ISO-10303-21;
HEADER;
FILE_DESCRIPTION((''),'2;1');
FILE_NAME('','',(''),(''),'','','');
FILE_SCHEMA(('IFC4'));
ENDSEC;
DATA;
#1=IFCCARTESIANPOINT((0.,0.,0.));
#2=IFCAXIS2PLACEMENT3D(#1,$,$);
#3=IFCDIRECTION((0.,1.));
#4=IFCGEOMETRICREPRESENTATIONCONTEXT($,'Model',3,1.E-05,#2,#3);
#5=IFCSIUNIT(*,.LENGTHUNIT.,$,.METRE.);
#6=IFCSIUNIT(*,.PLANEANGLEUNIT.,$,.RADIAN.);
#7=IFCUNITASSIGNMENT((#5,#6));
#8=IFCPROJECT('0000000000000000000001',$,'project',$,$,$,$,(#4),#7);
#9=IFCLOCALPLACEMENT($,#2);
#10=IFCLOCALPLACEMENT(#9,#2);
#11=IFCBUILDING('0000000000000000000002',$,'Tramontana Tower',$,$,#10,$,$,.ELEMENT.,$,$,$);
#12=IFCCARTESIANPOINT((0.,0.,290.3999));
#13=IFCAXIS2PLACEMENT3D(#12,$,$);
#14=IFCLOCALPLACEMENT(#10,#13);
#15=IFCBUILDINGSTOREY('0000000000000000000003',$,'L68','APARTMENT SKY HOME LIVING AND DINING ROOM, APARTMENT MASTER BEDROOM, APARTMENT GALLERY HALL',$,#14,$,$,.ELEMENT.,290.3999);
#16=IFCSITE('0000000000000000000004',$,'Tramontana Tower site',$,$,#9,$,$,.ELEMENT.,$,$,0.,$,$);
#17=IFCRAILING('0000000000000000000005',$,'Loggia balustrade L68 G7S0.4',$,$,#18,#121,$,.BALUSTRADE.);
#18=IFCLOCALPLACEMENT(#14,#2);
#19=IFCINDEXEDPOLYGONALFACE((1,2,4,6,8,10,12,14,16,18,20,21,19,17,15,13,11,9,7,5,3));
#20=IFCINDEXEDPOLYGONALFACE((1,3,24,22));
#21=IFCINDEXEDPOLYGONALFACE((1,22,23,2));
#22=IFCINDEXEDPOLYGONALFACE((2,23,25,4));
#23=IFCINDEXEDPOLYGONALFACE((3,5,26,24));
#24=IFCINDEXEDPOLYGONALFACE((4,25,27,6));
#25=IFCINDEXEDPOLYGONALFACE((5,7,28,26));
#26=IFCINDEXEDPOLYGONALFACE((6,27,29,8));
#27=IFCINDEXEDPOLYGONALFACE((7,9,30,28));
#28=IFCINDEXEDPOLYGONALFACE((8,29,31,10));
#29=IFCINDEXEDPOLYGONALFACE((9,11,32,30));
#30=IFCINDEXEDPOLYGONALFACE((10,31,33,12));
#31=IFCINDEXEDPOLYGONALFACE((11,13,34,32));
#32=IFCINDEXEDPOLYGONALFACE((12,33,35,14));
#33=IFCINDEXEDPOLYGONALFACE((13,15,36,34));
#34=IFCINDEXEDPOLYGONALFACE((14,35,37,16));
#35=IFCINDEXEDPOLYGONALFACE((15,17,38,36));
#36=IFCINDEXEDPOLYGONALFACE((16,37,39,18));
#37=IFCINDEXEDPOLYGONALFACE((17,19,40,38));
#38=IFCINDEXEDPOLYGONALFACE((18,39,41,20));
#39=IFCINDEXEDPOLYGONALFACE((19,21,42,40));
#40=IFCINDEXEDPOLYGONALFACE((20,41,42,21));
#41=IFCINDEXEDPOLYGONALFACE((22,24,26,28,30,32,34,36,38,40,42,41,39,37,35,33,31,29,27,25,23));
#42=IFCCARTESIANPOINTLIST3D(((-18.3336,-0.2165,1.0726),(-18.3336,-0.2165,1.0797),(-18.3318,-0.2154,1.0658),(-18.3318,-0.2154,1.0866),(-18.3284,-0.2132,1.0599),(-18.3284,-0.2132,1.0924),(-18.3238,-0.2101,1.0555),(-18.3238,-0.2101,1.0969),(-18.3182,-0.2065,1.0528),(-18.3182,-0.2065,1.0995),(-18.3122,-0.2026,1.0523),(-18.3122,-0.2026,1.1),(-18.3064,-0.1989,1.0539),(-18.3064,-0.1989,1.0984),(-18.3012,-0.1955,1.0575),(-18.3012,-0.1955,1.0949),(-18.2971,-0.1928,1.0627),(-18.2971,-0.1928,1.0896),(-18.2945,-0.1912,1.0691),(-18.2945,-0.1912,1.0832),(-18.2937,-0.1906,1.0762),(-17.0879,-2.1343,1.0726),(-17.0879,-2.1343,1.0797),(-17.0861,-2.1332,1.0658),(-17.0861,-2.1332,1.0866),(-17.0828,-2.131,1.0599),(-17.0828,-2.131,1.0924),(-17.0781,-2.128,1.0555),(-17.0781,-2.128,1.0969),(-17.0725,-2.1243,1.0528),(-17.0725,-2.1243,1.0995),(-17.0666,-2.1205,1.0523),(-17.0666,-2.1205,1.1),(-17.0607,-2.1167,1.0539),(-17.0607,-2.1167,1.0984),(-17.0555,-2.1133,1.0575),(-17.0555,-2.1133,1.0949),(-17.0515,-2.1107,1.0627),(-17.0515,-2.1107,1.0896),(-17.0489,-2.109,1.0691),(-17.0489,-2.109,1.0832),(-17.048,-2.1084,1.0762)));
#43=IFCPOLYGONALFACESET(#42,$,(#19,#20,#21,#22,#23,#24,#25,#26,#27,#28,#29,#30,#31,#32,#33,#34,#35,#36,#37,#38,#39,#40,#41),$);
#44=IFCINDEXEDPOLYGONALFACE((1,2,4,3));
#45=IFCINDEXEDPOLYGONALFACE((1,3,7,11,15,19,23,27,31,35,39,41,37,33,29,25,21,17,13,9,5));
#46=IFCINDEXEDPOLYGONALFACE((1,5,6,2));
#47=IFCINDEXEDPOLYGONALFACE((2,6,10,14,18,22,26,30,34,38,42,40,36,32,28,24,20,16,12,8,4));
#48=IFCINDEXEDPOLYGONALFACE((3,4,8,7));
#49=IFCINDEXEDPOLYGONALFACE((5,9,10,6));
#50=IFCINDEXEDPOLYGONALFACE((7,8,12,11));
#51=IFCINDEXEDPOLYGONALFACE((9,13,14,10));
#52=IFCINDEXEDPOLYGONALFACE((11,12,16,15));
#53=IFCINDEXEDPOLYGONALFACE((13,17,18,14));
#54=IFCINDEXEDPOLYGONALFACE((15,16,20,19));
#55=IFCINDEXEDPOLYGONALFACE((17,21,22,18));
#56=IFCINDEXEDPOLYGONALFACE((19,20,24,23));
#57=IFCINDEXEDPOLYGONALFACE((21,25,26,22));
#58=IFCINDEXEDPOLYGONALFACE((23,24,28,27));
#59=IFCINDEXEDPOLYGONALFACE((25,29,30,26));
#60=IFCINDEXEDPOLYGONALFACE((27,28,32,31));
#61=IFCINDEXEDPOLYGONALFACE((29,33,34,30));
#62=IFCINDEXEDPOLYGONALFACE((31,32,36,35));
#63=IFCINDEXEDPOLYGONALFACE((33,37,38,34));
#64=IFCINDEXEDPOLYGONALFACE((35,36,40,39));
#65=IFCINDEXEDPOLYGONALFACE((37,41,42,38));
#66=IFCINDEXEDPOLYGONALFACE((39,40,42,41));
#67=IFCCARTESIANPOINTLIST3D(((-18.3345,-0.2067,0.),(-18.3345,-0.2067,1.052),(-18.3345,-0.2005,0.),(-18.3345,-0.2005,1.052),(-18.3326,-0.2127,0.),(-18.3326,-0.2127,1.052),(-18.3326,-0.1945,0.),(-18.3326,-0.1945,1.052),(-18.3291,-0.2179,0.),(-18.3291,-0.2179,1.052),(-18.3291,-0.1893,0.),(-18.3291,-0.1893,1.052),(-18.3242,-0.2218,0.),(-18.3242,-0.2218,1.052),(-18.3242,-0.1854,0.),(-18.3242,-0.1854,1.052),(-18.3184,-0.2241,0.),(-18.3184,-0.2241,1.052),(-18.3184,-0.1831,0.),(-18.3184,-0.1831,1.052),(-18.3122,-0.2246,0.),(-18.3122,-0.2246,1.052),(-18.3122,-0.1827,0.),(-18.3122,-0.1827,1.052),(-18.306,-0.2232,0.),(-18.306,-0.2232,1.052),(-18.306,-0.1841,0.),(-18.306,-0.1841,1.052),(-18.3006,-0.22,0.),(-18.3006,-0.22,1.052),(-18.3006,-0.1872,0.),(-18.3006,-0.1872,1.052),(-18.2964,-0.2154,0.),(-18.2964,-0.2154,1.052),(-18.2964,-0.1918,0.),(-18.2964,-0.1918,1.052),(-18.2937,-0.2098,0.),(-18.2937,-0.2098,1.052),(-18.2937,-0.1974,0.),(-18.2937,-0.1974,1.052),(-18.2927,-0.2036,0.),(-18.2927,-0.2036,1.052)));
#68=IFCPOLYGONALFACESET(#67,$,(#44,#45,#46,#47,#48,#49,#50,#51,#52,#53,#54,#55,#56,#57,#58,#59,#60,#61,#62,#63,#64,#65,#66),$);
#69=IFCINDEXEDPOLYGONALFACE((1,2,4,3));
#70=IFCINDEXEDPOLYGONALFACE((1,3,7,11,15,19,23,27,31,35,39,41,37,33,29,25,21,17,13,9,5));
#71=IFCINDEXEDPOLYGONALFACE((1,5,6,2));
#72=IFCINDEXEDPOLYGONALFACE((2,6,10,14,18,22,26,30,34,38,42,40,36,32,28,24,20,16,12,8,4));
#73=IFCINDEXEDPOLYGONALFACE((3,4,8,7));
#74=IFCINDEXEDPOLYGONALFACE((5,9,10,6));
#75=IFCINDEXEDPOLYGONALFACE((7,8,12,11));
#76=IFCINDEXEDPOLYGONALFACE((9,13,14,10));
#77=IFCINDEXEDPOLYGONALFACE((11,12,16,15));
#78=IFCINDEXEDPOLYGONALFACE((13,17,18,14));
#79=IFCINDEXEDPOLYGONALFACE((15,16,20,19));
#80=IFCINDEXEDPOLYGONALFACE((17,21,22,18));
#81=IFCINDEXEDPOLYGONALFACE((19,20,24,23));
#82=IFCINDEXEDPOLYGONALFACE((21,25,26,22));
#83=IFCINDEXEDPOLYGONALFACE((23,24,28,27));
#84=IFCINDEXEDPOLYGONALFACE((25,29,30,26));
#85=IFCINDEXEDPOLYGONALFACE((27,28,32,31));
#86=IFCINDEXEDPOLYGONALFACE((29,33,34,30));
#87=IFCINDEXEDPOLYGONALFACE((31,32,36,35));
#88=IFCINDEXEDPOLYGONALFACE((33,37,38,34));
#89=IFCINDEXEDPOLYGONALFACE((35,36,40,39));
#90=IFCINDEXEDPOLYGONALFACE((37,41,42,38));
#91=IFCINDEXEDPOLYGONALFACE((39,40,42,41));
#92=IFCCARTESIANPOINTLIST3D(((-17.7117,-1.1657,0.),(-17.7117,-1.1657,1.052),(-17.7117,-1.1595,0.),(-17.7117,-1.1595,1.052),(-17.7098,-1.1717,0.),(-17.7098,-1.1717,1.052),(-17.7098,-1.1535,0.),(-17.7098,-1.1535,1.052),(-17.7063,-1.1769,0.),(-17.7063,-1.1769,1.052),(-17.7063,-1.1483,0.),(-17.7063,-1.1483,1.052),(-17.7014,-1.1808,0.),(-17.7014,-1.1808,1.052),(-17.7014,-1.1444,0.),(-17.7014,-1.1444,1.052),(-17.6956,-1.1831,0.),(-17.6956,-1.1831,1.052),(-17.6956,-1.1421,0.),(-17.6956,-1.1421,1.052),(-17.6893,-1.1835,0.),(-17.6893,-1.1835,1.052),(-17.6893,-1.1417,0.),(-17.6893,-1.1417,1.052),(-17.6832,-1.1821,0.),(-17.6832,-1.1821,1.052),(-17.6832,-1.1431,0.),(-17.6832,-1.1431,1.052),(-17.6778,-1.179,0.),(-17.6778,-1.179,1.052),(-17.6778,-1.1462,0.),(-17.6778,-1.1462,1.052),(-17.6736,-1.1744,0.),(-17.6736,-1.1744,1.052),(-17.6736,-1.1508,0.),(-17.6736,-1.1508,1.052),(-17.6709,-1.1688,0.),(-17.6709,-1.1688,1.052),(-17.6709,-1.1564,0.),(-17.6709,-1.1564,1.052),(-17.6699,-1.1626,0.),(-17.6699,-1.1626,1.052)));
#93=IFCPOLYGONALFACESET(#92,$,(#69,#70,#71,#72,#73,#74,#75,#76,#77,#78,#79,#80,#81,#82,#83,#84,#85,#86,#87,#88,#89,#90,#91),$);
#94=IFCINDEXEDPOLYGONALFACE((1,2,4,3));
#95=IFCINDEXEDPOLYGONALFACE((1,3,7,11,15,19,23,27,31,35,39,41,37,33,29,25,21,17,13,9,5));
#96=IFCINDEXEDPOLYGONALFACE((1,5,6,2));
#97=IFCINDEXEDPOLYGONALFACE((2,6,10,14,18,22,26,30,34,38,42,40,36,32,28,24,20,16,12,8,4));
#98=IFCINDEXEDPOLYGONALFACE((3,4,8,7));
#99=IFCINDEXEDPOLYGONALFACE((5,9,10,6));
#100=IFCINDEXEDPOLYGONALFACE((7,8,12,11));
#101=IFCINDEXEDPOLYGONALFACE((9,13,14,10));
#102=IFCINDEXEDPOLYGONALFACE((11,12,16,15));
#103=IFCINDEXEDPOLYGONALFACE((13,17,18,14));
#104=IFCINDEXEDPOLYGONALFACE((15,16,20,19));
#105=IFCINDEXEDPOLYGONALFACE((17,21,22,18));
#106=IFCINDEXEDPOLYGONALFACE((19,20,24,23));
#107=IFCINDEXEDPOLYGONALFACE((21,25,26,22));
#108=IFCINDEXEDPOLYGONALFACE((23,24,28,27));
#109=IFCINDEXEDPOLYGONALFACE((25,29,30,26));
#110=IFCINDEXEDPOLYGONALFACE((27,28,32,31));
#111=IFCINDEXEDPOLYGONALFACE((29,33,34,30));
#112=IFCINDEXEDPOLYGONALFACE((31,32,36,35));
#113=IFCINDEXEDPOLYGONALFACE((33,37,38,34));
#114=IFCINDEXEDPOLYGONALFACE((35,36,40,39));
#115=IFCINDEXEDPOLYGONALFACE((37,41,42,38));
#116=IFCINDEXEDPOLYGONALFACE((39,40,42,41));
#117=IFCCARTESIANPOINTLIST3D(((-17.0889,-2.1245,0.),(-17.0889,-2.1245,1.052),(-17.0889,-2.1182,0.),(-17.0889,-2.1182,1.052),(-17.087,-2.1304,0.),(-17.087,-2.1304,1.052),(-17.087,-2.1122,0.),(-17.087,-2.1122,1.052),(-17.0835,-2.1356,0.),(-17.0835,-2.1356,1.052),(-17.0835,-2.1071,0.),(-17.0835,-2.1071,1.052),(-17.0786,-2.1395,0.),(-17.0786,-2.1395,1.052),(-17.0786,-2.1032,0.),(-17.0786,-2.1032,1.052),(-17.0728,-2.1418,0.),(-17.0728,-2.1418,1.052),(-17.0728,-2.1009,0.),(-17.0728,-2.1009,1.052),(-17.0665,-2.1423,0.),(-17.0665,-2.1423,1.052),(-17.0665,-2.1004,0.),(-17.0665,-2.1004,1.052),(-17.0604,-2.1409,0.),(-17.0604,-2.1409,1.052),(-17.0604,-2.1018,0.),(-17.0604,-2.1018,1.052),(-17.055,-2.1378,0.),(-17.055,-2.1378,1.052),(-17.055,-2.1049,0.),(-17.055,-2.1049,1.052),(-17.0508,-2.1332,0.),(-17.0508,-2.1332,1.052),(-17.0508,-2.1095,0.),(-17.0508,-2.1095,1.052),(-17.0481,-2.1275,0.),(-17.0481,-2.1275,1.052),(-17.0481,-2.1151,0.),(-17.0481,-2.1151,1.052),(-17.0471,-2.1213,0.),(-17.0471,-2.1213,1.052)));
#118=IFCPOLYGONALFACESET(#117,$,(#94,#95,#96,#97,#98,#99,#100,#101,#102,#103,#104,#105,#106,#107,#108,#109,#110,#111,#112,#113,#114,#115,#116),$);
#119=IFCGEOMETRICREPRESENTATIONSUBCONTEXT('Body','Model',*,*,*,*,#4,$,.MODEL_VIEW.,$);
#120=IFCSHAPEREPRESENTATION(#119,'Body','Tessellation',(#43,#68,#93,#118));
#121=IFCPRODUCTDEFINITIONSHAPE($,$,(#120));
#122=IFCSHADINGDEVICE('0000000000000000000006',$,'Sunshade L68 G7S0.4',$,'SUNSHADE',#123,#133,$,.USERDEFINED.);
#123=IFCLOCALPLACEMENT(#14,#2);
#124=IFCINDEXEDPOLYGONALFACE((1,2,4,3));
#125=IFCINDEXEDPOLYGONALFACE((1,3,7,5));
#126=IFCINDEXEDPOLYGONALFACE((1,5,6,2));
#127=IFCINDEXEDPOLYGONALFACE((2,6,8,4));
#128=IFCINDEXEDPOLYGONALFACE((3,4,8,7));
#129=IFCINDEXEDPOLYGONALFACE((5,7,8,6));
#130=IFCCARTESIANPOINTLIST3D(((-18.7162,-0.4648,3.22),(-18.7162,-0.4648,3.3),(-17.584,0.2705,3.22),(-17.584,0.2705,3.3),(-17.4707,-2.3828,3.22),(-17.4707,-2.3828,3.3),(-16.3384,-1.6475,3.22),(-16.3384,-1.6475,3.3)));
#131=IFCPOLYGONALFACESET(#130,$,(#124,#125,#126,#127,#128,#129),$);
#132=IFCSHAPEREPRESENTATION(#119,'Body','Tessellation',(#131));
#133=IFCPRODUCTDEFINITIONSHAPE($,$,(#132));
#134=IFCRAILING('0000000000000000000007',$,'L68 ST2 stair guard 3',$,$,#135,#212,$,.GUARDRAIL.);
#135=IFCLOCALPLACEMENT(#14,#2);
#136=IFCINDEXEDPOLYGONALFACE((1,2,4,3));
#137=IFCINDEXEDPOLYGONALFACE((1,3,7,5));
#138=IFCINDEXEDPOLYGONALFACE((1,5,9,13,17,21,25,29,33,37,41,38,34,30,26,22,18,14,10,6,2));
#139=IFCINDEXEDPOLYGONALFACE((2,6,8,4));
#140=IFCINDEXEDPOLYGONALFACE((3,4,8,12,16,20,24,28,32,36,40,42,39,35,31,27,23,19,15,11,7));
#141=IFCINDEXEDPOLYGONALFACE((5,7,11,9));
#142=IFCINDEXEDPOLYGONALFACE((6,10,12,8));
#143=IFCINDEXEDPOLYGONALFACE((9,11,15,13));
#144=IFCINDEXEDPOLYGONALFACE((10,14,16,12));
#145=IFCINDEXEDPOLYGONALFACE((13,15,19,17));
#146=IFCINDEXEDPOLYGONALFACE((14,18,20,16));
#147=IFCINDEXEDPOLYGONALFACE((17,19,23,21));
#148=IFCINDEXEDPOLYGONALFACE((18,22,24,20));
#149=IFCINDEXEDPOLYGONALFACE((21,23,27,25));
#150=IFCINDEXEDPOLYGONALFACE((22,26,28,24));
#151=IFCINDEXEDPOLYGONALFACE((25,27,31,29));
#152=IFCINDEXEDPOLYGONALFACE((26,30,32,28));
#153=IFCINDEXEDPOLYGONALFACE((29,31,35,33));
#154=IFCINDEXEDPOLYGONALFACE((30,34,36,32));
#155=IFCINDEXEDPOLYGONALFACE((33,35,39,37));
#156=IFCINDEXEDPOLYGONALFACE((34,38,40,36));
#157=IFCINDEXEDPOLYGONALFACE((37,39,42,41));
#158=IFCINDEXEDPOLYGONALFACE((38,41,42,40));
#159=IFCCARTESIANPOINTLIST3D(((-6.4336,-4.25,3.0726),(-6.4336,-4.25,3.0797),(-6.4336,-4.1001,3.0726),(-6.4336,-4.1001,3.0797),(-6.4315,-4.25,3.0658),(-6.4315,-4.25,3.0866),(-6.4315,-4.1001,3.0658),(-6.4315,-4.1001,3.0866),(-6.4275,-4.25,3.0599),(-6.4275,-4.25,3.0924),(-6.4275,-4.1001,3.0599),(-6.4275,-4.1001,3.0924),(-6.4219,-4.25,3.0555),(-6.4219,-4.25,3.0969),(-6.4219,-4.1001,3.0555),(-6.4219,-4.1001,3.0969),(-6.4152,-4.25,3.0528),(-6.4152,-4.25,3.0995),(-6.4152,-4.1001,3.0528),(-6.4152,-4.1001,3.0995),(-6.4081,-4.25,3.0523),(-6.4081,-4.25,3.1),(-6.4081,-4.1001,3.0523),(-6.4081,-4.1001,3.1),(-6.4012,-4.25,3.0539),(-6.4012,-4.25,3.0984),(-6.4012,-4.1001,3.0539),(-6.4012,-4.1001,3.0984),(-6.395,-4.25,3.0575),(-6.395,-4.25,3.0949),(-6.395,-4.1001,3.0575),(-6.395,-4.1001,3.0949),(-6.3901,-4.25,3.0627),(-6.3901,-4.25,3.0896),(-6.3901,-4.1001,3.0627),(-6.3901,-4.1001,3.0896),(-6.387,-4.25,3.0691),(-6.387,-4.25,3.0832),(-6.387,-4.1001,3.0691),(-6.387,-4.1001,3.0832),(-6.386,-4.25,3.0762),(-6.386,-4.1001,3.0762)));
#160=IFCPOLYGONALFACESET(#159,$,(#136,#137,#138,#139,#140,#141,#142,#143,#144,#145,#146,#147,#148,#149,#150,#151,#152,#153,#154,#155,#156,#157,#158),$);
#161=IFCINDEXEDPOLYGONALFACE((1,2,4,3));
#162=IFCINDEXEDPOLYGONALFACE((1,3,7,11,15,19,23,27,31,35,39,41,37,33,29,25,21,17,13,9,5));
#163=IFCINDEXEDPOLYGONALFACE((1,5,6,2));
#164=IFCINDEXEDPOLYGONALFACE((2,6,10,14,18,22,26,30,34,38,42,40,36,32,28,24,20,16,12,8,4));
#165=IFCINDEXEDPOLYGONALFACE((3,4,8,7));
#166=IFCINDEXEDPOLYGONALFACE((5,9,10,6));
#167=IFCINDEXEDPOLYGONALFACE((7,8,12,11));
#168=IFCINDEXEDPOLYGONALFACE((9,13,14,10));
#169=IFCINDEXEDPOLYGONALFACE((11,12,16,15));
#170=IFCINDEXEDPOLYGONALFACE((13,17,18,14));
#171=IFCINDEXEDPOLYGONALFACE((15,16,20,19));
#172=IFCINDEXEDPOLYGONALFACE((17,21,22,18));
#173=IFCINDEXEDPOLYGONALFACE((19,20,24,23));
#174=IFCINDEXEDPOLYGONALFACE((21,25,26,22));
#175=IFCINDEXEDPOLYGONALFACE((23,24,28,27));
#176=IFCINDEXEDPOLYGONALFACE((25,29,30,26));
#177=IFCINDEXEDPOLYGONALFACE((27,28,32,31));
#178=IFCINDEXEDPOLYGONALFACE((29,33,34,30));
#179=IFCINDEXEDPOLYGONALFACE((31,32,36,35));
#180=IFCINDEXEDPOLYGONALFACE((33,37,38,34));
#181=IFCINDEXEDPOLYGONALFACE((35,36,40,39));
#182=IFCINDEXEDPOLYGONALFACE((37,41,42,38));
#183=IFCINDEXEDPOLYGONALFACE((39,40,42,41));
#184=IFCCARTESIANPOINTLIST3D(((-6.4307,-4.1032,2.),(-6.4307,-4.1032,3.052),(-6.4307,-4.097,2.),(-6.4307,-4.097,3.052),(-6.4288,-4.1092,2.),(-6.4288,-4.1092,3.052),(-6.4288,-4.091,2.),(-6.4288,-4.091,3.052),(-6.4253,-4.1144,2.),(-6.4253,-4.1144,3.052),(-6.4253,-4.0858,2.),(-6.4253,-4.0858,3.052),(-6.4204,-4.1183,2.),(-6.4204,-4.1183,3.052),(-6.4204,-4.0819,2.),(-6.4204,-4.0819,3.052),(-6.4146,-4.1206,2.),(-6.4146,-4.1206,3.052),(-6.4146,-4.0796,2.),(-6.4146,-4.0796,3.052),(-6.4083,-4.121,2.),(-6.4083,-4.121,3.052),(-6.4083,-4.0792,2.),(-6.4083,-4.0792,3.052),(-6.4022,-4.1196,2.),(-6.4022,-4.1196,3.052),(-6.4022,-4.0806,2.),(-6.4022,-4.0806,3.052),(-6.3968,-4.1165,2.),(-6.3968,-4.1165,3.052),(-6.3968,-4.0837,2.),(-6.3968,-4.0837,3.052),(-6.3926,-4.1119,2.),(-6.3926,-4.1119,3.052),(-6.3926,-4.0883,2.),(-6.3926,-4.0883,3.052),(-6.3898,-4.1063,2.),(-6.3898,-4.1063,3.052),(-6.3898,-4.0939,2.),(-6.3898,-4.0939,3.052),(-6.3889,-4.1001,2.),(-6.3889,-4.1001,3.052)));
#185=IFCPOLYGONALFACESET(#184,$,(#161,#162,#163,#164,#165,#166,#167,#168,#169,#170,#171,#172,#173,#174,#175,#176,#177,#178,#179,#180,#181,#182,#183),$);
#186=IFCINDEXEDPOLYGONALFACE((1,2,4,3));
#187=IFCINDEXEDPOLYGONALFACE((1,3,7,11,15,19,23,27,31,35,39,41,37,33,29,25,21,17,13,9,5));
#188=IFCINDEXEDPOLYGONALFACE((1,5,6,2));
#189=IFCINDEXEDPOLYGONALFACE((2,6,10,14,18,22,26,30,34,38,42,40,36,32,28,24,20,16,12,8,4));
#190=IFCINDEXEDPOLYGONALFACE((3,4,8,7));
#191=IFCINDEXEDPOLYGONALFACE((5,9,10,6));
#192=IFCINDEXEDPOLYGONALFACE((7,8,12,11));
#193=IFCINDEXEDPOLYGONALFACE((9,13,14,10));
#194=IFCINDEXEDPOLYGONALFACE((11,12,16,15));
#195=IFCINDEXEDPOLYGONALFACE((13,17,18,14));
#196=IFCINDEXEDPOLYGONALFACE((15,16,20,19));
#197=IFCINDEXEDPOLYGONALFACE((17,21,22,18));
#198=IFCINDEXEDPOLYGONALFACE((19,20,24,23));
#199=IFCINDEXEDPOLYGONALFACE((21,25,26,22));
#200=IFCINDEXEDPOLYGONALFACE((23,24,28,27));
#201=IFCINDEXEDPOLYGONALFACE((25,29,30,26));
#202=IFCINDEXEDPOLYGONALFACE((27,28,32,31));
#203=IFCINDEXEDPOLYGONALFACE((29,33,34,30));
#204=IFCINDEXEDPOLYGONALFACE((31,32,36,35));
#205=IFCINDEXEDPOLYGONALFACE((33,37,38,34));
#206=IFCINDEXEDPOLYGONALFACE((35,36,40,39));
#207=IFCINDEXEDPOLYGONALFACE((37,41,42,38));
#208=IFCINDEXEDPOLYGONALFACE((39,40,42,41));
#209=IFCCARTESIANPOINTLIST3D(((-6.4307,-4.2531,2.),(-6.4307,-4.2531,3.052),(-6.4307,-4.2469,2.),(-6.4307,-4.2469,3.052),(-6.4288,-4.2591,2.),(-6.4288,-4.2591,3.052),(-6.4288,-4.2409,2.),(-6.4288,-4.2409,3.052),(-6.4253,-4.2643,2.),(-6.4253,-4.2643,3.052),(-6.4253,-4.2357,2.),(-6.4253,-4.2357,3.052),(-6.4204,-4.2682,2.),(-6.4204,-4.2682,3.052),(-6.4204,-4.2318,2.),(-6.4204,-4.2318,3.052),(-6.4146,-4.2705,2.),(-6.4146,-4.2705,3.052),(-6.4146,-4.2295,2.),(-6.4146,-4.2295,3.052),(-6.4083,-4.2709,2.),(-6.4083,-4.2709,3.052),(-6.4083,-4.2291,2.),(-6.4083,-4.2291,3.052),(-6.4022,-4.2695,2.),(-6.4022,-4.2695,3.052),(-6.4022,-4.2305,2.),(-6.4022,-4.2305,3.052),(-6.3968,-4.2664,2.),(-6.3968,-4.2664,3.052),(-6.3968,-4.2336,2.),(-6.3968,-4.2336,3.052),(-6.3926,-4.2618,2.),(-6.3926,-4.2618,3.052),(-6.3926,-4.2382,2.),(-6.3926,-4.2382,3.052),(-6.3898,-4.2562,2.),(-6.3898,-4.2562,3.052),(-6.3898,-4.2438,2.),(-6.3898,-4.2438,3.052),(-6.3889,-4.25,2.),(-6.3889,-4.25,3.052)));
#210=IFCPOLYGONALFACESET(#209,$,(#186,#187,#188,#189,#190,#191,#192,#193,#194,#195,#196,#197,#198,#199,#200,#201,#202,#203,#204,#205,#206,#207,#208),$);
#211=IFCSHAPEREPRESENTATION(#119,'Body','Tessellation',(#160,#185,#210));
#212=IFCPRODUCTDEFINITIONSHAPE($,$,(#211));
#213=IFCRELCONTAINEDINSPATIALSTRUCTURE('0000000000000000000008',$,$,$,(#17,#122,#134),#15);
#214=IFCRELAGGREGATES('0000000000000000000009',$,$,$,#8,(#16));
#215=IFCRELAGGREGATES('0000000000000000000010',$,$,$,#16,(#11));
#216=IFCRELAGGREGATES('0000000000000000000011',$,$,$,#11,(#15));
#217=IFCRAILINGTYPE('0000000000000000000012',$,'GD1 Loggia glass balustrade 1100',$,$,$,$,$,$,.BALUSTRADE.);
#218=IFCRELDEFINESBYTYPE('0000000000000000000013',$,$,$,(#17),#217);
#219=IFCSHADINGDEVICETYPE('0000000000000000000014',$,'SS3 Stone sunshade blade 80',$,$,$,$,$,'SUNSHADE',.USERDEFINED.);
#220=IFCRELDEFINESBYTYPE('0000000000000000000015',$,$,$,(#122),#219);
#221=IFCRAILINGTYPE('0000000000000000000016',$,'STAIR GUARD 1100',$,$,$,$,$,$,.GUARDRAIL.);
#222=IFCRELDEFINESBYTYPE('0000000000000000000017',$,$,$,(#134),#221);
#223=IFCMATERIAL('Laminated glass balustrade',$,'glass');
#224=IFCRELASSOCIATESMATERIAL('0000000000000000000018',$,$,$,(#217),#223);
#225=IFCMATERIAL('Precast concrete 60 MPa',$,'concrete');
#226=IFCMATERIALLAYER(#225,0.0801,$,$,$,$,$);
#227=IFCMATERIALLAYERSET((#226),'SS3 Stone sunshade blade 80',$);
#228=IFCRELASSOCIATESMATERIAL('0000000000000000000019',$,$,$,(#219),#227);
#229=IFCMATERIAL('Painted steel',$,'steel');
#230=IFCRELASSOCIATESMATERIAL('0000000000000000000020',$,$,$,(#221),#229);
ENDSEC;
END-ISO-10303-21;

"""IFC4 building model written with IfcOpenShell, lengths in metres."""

from ifc_helpers import new_model, si_unit, direction, frame, origin, origin_2d, place, context, subcontext, project, spatial, rectangle, circle, extrude, material, layer, layer_set, type_object, element, save


model = new_model("IFC4")

# Units and contexts
model_context = context("Model", 3, precision=1e-05, world=origin(), true_north=direction((0.0, 1.0)))
body_context = subcontext(model_context, "Body", "Model", "MODEL_VIEW")
ifc_project = project(units=[si_unit("LENGTHUNIT", "METRE"), si_unit("PLANEANGLEUNIT", "RADIAN")], contexts=[model_context])

# Site, building, storey
site_placement = place(None, origin())
site = spatial("IfcSite", under=ifc_project, at=site_placement, Name="Tramontana Tower site", CompositionType="ELEMENT", RefElevation=0.0)
building_placement = place(site_placement, origin())
building = spatial("IfcBuilding", under=site, at=building_placement, Name="Tramontana Tower", CompositionType="ELEMENT")
storey_placement = place(building_placement, frame((0.0, 0.0, 290.3999)))
storey = spatial("IfcBuildingStorey", under=building, at=storey_placement, Name="L68", Description="APARTMENT SKY HOME LIVING AND DINING ROOM, APARTMENT MASTER BEDROOM, APARTMENT GALLERY HALL", CompositionType="ELEMENT", Elevation=290.3999)

# Railing
ifc_material_1 = material(Name="Laminated glass balustrade", Category="glass")
railing_type_1 = type_object("IfcRailingType", Name="GD1 Loggia glass balustrade 1100", PredefinedType="BALUSTRADE", material=ifc_material_1)
railing_1_placement = place(storey_placement, frame((-18.3137, -0.2036, 0.0)))
element("IfcRailing", 1, at=railing_1_placement, inside=storey, type_object=railing_type_1, Name="Loggia balustrade L68 G7S0.4", PredefinedType="BALUSTRADE", context=body_context, shape_type="SweptSolid", body=[
    extrude(circle(Radius=0.0239, at=origin_2d()), frame((0.0, 0.0, 1.0762), z_axis=(0.544707, -0.838627, 0.0), x_axis=(0.838627, 0.544707, 0.0)), (0.0, 0.0, 1.0), 2.2869),
    extrude(circle(Radius=0.021, at=origin_2d()), origin(), (0.0, 0.0, 1.0), 1.052),
    extrude(circle(Radius=0.021, at=origin_2d()), frame((0.6228, -0.959, 0.0)), (0.0, 0.0, 1.0), 1.052),
    extrude(circle(Radius=0.021, at=origin_2d()), frame((1.2456, -1.9177, 0.0)), (0.0, 0.0, 1.0), 1.052),
])

# Shading device
ifc_material_2 = material(Name="Precast concrete 60 MPa", Category="concrete")
ifc_layer_1 = layer(ifc_material_2, 0.0801)
ifc_layer_set_1 = layer_set([ifc_layer_1], Name="SS3 Stone sunshade blade 80")
shading_device_type = type_object("IfcShadingDeviceType", Name="SS3 Stone sunshade blade 80", ElementType="SUNSHADE", PredefinedType="USERDEFINED", material=ifc_layer_set_1)
shading_device_placement = place(storey_placement, frame((-17.5273, -1.0562, 3.22), z_axis=(0.0, 0.0, 1.0), x_axis=(0.544639, -0.838671, 0.0)))
element("IfcShadingDevice", 2, at=shading_device_placement, inside=storey, type_object=shading_device_type, Name="Sunshade L68 G7S0.4", ObjectType="SUNSHADE", PredefinedType="USERDEFINED", context=body_context, shape_type="SweptSolid", body=[
    extrude(rectangle(XDim=2.2869, YDim=1.3501, at=origin_2d()), origin(), (0.0, 0.0, 1.0), 0.0801),
])

# Railing
ifc_material_3 = material(Name="Painted steel", Category="steel")
railing_type_2 = type_object("IfcRailingType", Name="STAIR GUARD 1100", PredefinedType="GUARDRAIL", material=ifc_material_3)
railing_2_placement = place(storey_placement, frame((-6.4099, -4.1001, 2.0)))
element("IfcRailing", 3, at=railing_2_placement, inside=storey, type_object=railing_type_2, Name="L68 ST2 stair guard 3", PredefinedType="GUARDRAIL", context=body_context, shape_type="SweptSolid", body=[
    extrude(circle(Radius=0.0239, at=origin_2d()), frame((0.0, 0.0, 1.0762), z_axis=(0.0, -1.0, 0.0), x_axis=(1.0, 0.0, 0.0)), (0.0, 0.0, 1.0), 0.1499),
    extrude(circle(Radius=0.021, at=origin_2d()), origin(), (0.0, 0.0, 1.0), 1.052),
    extrude(circle(Radius=0.021, at=origin_2d()), frame((0.0, -0.1499, 0.0)), (0.0, 0.0, 1.0), 1.052),
])

save(model, "model.ifc")
